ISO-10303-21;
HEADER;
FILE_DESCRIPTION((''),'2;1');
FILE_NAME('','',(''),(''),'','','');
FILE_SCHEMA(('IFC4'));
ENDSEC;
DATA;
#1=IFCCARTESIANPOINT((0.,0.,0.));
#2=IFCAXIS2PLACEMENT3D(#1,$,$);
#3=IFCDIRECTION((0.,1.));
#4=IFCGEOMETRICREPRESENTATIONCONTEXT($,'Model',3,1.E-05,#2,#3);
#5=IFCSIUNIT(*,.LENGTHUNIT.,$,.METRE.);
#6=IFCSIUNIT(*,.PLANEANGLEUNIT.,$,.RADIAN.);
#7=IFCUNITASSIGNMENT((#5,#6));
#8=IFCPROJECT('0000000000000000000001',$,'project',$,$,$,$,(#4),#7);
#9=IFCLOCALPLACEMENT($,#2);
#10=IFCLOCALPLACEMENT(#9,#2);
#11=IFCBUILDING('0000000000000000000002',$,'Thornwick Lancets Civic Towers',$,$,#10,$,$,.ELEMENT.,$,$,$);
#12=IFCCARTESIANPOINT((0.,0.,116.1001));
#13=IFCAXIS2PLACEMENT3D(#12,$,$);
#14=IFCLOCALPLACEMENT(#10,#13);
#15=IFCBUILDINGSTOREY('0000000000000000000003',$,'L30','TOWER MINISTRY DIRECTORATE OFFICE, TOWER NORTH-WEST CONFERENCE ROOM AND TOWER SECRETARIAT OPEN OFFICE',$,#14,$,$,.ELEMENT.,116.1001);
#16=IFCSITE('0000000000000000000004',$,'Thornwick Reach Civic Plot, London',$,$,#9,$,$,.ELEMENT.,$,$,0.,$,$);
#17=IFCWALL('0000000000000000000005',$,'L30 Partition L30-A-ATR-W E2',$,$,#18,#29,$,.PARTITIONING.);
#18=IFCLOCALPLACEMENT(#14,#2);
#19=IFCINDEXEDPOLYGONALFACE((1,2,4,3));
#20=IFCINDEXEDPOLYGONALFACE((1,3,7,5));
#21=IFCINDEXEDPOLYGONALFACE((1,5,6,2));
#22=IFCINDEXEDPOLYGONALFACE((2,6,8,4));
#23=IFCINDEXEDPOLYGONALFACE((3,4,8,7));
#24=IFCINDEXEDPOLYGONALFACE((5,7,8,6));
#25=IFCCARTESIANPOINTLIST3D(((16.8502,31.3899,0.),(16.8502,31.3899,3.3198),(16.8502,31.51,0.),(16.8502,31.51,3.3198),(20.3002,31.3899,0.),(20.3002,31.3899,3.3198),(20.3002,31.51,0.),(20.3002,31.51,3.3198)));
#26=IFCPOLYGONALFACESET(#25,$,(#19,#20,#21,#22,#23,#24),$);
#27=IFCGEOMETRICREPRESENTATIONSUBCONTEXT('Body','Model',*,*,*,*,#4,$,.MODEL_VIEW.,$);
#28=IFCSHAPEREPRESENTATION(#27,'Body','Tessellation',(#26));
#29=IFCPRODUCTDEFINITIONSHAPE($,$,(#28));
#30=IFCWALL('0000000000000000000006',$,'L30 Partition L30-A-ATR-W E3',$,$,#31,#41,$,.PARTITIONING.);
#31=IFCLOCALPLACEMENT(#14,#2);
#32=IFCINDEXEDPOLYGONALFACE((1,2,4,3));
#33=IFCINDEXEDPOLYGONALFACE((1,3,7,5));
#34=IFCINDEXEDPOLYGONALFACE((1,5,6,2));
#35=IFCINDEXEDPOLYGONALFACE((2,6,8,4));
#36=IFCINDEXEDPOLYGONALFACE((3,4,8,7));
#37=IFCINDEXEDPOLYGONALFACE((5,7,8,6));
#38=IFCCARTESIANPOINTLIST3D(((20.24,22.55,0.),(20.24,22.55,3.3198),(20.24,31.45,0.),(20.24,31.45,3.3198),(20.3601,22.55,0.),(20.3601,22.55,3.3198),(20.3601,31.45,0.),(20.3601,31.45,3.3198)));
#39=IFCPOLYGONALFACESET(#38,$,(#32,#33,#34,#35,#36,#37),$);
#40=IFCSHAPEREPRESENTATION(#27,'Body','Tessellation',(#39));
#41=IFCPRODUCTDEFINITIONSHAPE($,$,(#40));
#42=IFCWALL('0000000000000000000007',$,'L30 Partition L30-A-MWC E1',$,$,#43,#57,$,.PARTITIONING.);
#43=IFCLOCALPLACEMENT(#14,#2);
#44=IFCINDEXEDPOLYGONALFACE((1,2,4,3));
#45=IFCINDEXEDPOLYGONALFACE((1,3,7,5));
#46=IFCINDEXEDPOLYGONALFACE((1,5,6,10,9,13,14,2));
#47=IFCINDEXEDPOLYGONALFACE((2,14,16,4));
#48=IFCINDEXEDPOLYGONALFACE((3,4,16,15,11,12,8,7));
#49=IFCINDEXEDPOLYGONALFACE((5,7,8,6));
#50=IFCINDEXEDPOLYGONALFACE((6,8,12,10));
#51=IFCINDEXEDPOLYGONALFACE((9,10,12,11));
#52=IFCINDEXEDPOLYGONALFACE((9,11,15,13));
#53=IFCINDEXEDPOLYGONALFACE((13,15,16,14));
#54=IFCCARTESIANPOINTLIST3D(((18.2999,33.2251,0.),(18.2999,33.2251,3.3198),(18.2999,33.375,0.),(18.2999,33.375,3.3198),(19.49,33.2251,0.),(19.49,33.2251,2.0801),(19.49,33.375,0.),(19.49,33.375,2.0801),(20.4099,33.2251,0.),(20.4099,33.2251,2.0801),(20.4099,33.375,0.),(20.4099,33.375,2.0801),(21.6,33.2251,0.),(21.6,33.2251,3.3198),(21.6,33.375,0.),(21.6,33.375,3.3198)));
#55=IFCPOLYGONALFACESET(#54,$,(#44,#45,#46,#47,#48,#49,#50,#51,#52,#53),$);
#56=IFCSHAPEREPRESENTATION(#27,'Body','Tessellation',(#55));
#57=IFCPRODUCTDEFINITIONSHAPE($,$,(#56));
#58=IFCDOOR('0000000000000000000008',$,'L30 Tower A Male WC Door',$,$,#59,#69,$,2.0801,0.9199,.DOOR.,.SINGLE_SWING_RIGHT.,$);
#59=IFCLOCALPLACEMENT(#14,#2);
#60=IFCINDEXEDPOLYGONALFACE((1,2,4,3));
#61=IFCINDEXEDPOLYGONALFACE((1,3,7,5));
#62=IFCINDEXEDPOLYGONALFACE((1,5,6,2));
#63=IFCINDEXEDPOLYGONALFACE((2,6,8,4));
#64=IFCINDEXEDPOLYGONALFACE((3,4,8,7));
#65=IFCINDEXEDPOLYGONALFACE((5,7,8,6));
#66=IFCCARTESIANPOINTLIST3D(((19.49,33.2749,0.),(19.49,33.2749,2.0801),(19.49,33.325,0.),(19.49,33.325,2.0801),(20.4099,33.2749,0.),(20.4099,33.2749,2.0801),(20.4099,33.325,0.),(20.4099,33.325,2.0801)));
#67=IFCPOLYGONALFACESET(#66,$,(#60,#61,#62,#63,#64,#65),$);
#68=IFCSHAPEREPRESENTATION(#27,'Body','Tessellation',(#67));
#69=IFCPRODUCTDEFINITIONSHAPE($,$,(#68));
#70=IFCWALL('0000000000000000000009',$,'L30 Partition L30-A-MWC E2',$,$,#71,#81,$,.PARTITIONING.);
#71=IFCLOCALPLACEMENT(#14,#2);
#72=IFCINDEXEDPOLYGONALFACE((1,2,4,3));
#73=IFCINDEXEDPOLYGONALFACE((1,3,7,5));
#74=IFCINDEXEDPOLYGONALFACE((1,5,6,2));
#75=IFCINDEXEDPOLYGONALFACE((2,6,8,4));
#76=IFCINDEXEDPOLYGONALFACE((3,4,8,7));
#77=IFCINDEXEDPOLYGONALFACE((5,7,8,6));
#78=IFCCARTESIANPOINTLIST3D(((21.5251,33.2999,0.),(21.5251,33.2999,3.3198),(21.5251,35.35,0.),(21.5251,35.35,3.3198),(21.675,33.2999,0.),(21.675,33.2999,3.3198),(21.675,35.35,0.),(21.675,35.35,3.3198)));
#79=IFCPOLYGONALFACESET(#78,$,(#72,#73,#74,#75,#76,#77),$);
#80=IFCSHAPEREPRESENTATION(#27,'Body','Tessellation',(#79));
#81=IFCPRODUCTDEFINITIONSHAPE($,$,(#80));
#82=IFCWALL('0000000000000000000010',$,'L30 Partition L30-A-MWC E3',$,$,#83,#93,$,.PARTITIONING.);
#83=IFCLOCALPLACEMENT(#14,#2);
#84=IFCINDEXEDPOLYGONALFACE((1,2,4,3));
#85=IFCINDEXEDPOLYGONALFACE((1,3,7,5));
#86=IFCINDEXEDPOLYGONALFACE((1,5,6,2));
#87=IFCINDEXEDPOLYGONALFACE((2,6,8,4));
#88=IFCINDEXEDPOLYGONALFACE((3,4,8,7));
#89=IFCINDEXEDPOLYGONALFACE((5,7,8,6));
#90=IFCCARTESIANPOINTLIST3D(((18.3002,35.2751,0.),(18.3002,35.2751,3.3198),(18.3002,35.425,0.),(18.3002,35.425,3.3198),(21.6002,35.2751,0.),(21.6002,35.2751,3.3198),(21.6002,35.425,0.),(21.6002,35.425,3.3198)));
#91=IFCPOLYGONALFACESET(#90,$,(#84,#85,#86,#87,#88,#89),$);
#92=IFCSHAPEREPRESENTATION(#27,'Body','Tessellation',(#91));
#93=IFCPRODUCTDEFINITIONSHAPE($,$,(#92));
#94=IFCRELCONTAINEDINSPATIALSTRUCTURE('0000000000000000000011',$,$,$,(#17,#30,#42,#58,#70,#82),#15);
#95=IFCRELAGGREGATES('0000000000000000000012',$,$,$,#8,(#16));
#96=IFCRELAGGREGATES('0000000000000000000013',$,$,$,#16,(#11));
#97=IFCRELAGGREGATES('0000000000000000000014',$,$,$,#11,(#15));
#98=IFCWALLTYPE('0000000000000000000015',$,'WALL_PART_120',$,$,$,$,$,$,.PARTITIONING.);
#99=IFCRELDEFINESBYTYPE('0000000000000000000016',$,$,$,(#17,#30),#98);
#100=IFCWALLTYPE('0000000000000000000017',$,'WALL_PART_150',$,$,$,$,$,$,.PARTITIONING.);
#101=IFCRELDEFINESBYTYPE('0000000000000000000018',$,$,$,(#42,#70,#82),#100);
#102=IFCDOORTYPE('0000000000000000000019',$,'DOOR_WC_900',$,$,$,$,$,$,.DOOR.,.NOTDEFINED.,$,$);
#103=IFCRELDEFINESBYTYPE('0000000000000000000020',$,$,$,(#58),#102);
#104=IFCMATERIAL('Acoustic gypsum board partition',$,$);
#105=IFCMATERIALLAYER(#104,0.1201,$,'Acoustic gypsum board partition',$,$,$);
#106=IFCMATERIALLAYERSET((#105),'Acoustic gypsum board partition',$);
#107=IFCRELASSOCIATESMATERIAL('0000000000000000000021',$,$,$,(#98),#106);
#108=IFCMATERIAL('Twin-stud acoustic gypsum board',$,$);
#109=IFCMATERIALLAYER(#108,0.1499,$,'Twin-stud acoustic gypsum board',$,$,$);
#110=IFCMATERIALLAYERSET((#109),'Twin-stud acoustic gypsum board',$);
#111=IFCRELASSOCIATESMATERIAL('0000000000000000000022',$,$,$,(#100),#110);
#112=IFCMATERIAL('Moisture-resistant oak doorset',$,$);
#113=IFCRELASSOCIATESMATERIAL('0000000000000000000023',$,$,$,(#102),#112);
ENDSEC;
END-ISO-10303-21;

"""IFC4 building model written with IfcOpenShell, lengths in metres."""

from ifc_helpers import new_model, si_unit, direction, frame, frame_2d, origin, place, context, subcontext, project, spatial, rectangle, extrude, material, layer, layer_set, type_object, element, fill, save


model = new_model("IFC4")

# Units and contexts
model_context = context("Model", 3, precision=1e-05, world=origin(), true_north=direction((0.0, 1.0)))
body_context = subcontext(model_context, "Body", "Model", "MODEL_VIEW")
ifc_project = project(units=[si_unit("LENGTHUNIT", "METRE"), si_unit("PLANEANGLEUNIT", "RADIAN")], contexts=[model_context])

# Site, building, storey
site_placement = place(None, origin())
site = spatial("IfcSite", under=ifc_project, at=site_placement, Name="Thornwick Reach Civic Plot, London", CompositionType="ELEMENT", RefElevation=0.0)
building_placement = place(site_placement, origin())
building = spatial("IfcBuilding", under=site, at=building_placement, Name="Thornwick Lancets Civic Towers", CompositionType="ELEMENT")
storey_placement = place(building_placement, frame((0.0, 0.0, 116.1001)))
storey = spatial("IfcBuildingStorey", under=building, at=storey_placement, Name="L30", Description="TOWER MINISTRY DIRECTORATE OFFICE, TOWER NORTH-WEST CONFERENCE ROOM AND TOWER SECRETARIAT OPEN OFFICE", CompositionType="ELEMENT", Elevation=116.1001)

# Shared definitions
ifc_material_1 = material(Name="Acoustic gypsum board partition")
ifc_layer_1 = layer(ifc_material_1, 0.1201, Name="Acoustic gypsum board partition")
ifc_layer_set_1 = layer_set([ifc_layer_1], Name="Acoustic gypsum board partition")
wall_type_1 = type_object("IfcWallType", Name="WALL_PART_120", PredefinedType="PARTITIONING", material=ifc_layer_set_1)

# Walls
wall_1_placement = place(storey_placement, frame((16.8501, 31.45, 0.0), z_axis=(0.0, 0.0, 1.0), x_axis=(1.0, 0.0, 0.0)))
element("IfcWall", 1, at=wall_1_placement, inside=storey, type_object=wall_type_1, Name="L30 Partition L30-A-ATR-W E2", PredefinedType="PARTITIONING", context=body_context, shape_type="SweptSolid", body=[
    extrude(rectangle(XDim=3.45, YDim=0.1201, at=frame_2d((1.7251, 0.0))), origin(), (0.0, 0.0, 1.0), 3.3198),
])
wall_2_placement = place(storey_placement, frame((20.3, 31.45, 0.0), z_axis=(0.0, 0.0, 1.0), x_axis=(0.0, -1.0, 0.0)))
element("IfcWall", 2, at=wall_2_placement, inside=storey, type_object=wall_type_1, Name="L30 Partition L30-A-ATR-W E3", PredefinedType="PARTITIONING", context=body_context, shape_type="SweptSolid", body=[
    extrude(rectangle(XDim=8.8999, YDim=0.1201, at=frame_2d((4.45, 0.0))), origin(), (0.0, 0.0, 1.0), 3.3198),
])

# Wall, opening, door
ifc_material_2 = material(Name="Twin-stud acoustic gypsum board")
ifc_layer_2 = layer(ifc_material_2, 0.1499, Name="Twin-stud acoustic gypsum board")
ifc_layer_set_2 = layer_set([ifc_layer_2], Name="Twin-stud acoustic gypsum board")
wall_type_2 = type_object("IfcWallType", Name="WALL_PART_150", PredefinedType="PARTITIONING", material=ifc_layer_set_2)
wall_3_placement = place(storey_placement, frame((18.3, 33.3, 0.0), z_axis=(0.0, 0.0, 1.0), x_axis=(1.0, 0.0, 0.0)))
wall_3 = element("IfcWall", 3, at=wall_3_placement, inside=storey, type_object=wall_type_2, Name="L30 Partition L30-A-MWC E1", PredefinedType="PARTITIONING", context=body_context, shape_type="SweptSolid", body=[
    extrude(rectangle(XDim=3.3, YDim=0.1499, at=frame_2d((1.6499, 0.0))), origin(), (0.0, 0.0, 1.0), 3.3198),
])
opening_1_placement = place(wall_3_placement, frame((1.1899, 0.0, 0.0)))
opening_1 = element("IfcOpeningElement", 4, at=opening_1_placement, cuts=wall_3, PredefinedType="OPENING", context=body_context, shape_type="SweptSolid", body=[
    extrude(rectangle(XDim=0.9199, YDim=2.0801, at=frame_2d((0.46, 1.04))), frame((0.0, 0.085, 0.0), z_axis=(0.0, -1.0, 0.0), x_axis=(1.0, 0.0, 0.0)), (0.0, 0.0, 1.0), 0.1699),
])
ifc_material_3 = material(Name="Moisture-resistant oak doorset")
door_type_1 = type_object("IfcDoorType", Name="DOOR_WC_900", OperationType="NOTDEFINED", PredefinedType="DOOR", material=ifc_material_3)
door_1_placement = place(opening_1_placement, origin())
door_1 = element("IfcDoor", 5, at=door_1_placement, inside=storey, type_object=door_type_1, Name="L30 Tower A Male WC Door", OperationType="SINGLE_SWING_RIGHT", OverallHeight=2.0801, OverallWidth=0.9199, PredefinedType="DOOR", context=body_context, shape_type="SweptSolid", body=[
    extrude(rectangle(XDim=0.9199, YDim=2.0801, at=frame_2d((0.46, 1.04))), frame((0.0, 0.0249, 0.0), z_axis=(0.0, -1.0, 0.0), x_axis=(1.0, 0.0, 0.0)), (0.0, 0.0, 1.0), 0.05),
])
fill(opening_1, door_1)

# Walls
wall_4_placement = place(storey_placement, frame((21.6001, 33.3, 0.0), z_axis=(0.0, 0.0, 1.0), x_axis=(0.0, 1.0, 0.0)))
element("IfcWall", 6, at=wall_4_placement, inside=storey, type_object=wall_type_2, Name="L30 Partition L30-A-MWC E2", PredefinedType="PARTITIONING", context=body_context, shape_type="SweptSolid", body=[
    extrude(rectangle(XDim=2.05, YDim=0.1499, at=frame_2d((1.0249, 0.0))), origin(), (0.0, 0.0, 1.0), 3.3198),
])
wall_5_placement = place(storey_placement, frame((21.6001, 35.3501, 0.0), z_axis=(0.0, 0.0, 1.0), x_axis=(-1.0, 0.0, 0.0)))
element("IfcWall", 7, at=wall_5_placement, inside=storey, type_object=wall_type_2, Name="L30 Partition L30-A-MWC E3", PredefinedType="PARTITIONING", context=body_context, shape_type="SweptSolid", body=[
    extrude(rectangle(XDim=3.3, YDim=0.1499, at=frame_2d((1.6499, 0.0))), origin(), (0.0, 0.0, 1.0), 3.3198),
])

save(model, "model.ifc")
